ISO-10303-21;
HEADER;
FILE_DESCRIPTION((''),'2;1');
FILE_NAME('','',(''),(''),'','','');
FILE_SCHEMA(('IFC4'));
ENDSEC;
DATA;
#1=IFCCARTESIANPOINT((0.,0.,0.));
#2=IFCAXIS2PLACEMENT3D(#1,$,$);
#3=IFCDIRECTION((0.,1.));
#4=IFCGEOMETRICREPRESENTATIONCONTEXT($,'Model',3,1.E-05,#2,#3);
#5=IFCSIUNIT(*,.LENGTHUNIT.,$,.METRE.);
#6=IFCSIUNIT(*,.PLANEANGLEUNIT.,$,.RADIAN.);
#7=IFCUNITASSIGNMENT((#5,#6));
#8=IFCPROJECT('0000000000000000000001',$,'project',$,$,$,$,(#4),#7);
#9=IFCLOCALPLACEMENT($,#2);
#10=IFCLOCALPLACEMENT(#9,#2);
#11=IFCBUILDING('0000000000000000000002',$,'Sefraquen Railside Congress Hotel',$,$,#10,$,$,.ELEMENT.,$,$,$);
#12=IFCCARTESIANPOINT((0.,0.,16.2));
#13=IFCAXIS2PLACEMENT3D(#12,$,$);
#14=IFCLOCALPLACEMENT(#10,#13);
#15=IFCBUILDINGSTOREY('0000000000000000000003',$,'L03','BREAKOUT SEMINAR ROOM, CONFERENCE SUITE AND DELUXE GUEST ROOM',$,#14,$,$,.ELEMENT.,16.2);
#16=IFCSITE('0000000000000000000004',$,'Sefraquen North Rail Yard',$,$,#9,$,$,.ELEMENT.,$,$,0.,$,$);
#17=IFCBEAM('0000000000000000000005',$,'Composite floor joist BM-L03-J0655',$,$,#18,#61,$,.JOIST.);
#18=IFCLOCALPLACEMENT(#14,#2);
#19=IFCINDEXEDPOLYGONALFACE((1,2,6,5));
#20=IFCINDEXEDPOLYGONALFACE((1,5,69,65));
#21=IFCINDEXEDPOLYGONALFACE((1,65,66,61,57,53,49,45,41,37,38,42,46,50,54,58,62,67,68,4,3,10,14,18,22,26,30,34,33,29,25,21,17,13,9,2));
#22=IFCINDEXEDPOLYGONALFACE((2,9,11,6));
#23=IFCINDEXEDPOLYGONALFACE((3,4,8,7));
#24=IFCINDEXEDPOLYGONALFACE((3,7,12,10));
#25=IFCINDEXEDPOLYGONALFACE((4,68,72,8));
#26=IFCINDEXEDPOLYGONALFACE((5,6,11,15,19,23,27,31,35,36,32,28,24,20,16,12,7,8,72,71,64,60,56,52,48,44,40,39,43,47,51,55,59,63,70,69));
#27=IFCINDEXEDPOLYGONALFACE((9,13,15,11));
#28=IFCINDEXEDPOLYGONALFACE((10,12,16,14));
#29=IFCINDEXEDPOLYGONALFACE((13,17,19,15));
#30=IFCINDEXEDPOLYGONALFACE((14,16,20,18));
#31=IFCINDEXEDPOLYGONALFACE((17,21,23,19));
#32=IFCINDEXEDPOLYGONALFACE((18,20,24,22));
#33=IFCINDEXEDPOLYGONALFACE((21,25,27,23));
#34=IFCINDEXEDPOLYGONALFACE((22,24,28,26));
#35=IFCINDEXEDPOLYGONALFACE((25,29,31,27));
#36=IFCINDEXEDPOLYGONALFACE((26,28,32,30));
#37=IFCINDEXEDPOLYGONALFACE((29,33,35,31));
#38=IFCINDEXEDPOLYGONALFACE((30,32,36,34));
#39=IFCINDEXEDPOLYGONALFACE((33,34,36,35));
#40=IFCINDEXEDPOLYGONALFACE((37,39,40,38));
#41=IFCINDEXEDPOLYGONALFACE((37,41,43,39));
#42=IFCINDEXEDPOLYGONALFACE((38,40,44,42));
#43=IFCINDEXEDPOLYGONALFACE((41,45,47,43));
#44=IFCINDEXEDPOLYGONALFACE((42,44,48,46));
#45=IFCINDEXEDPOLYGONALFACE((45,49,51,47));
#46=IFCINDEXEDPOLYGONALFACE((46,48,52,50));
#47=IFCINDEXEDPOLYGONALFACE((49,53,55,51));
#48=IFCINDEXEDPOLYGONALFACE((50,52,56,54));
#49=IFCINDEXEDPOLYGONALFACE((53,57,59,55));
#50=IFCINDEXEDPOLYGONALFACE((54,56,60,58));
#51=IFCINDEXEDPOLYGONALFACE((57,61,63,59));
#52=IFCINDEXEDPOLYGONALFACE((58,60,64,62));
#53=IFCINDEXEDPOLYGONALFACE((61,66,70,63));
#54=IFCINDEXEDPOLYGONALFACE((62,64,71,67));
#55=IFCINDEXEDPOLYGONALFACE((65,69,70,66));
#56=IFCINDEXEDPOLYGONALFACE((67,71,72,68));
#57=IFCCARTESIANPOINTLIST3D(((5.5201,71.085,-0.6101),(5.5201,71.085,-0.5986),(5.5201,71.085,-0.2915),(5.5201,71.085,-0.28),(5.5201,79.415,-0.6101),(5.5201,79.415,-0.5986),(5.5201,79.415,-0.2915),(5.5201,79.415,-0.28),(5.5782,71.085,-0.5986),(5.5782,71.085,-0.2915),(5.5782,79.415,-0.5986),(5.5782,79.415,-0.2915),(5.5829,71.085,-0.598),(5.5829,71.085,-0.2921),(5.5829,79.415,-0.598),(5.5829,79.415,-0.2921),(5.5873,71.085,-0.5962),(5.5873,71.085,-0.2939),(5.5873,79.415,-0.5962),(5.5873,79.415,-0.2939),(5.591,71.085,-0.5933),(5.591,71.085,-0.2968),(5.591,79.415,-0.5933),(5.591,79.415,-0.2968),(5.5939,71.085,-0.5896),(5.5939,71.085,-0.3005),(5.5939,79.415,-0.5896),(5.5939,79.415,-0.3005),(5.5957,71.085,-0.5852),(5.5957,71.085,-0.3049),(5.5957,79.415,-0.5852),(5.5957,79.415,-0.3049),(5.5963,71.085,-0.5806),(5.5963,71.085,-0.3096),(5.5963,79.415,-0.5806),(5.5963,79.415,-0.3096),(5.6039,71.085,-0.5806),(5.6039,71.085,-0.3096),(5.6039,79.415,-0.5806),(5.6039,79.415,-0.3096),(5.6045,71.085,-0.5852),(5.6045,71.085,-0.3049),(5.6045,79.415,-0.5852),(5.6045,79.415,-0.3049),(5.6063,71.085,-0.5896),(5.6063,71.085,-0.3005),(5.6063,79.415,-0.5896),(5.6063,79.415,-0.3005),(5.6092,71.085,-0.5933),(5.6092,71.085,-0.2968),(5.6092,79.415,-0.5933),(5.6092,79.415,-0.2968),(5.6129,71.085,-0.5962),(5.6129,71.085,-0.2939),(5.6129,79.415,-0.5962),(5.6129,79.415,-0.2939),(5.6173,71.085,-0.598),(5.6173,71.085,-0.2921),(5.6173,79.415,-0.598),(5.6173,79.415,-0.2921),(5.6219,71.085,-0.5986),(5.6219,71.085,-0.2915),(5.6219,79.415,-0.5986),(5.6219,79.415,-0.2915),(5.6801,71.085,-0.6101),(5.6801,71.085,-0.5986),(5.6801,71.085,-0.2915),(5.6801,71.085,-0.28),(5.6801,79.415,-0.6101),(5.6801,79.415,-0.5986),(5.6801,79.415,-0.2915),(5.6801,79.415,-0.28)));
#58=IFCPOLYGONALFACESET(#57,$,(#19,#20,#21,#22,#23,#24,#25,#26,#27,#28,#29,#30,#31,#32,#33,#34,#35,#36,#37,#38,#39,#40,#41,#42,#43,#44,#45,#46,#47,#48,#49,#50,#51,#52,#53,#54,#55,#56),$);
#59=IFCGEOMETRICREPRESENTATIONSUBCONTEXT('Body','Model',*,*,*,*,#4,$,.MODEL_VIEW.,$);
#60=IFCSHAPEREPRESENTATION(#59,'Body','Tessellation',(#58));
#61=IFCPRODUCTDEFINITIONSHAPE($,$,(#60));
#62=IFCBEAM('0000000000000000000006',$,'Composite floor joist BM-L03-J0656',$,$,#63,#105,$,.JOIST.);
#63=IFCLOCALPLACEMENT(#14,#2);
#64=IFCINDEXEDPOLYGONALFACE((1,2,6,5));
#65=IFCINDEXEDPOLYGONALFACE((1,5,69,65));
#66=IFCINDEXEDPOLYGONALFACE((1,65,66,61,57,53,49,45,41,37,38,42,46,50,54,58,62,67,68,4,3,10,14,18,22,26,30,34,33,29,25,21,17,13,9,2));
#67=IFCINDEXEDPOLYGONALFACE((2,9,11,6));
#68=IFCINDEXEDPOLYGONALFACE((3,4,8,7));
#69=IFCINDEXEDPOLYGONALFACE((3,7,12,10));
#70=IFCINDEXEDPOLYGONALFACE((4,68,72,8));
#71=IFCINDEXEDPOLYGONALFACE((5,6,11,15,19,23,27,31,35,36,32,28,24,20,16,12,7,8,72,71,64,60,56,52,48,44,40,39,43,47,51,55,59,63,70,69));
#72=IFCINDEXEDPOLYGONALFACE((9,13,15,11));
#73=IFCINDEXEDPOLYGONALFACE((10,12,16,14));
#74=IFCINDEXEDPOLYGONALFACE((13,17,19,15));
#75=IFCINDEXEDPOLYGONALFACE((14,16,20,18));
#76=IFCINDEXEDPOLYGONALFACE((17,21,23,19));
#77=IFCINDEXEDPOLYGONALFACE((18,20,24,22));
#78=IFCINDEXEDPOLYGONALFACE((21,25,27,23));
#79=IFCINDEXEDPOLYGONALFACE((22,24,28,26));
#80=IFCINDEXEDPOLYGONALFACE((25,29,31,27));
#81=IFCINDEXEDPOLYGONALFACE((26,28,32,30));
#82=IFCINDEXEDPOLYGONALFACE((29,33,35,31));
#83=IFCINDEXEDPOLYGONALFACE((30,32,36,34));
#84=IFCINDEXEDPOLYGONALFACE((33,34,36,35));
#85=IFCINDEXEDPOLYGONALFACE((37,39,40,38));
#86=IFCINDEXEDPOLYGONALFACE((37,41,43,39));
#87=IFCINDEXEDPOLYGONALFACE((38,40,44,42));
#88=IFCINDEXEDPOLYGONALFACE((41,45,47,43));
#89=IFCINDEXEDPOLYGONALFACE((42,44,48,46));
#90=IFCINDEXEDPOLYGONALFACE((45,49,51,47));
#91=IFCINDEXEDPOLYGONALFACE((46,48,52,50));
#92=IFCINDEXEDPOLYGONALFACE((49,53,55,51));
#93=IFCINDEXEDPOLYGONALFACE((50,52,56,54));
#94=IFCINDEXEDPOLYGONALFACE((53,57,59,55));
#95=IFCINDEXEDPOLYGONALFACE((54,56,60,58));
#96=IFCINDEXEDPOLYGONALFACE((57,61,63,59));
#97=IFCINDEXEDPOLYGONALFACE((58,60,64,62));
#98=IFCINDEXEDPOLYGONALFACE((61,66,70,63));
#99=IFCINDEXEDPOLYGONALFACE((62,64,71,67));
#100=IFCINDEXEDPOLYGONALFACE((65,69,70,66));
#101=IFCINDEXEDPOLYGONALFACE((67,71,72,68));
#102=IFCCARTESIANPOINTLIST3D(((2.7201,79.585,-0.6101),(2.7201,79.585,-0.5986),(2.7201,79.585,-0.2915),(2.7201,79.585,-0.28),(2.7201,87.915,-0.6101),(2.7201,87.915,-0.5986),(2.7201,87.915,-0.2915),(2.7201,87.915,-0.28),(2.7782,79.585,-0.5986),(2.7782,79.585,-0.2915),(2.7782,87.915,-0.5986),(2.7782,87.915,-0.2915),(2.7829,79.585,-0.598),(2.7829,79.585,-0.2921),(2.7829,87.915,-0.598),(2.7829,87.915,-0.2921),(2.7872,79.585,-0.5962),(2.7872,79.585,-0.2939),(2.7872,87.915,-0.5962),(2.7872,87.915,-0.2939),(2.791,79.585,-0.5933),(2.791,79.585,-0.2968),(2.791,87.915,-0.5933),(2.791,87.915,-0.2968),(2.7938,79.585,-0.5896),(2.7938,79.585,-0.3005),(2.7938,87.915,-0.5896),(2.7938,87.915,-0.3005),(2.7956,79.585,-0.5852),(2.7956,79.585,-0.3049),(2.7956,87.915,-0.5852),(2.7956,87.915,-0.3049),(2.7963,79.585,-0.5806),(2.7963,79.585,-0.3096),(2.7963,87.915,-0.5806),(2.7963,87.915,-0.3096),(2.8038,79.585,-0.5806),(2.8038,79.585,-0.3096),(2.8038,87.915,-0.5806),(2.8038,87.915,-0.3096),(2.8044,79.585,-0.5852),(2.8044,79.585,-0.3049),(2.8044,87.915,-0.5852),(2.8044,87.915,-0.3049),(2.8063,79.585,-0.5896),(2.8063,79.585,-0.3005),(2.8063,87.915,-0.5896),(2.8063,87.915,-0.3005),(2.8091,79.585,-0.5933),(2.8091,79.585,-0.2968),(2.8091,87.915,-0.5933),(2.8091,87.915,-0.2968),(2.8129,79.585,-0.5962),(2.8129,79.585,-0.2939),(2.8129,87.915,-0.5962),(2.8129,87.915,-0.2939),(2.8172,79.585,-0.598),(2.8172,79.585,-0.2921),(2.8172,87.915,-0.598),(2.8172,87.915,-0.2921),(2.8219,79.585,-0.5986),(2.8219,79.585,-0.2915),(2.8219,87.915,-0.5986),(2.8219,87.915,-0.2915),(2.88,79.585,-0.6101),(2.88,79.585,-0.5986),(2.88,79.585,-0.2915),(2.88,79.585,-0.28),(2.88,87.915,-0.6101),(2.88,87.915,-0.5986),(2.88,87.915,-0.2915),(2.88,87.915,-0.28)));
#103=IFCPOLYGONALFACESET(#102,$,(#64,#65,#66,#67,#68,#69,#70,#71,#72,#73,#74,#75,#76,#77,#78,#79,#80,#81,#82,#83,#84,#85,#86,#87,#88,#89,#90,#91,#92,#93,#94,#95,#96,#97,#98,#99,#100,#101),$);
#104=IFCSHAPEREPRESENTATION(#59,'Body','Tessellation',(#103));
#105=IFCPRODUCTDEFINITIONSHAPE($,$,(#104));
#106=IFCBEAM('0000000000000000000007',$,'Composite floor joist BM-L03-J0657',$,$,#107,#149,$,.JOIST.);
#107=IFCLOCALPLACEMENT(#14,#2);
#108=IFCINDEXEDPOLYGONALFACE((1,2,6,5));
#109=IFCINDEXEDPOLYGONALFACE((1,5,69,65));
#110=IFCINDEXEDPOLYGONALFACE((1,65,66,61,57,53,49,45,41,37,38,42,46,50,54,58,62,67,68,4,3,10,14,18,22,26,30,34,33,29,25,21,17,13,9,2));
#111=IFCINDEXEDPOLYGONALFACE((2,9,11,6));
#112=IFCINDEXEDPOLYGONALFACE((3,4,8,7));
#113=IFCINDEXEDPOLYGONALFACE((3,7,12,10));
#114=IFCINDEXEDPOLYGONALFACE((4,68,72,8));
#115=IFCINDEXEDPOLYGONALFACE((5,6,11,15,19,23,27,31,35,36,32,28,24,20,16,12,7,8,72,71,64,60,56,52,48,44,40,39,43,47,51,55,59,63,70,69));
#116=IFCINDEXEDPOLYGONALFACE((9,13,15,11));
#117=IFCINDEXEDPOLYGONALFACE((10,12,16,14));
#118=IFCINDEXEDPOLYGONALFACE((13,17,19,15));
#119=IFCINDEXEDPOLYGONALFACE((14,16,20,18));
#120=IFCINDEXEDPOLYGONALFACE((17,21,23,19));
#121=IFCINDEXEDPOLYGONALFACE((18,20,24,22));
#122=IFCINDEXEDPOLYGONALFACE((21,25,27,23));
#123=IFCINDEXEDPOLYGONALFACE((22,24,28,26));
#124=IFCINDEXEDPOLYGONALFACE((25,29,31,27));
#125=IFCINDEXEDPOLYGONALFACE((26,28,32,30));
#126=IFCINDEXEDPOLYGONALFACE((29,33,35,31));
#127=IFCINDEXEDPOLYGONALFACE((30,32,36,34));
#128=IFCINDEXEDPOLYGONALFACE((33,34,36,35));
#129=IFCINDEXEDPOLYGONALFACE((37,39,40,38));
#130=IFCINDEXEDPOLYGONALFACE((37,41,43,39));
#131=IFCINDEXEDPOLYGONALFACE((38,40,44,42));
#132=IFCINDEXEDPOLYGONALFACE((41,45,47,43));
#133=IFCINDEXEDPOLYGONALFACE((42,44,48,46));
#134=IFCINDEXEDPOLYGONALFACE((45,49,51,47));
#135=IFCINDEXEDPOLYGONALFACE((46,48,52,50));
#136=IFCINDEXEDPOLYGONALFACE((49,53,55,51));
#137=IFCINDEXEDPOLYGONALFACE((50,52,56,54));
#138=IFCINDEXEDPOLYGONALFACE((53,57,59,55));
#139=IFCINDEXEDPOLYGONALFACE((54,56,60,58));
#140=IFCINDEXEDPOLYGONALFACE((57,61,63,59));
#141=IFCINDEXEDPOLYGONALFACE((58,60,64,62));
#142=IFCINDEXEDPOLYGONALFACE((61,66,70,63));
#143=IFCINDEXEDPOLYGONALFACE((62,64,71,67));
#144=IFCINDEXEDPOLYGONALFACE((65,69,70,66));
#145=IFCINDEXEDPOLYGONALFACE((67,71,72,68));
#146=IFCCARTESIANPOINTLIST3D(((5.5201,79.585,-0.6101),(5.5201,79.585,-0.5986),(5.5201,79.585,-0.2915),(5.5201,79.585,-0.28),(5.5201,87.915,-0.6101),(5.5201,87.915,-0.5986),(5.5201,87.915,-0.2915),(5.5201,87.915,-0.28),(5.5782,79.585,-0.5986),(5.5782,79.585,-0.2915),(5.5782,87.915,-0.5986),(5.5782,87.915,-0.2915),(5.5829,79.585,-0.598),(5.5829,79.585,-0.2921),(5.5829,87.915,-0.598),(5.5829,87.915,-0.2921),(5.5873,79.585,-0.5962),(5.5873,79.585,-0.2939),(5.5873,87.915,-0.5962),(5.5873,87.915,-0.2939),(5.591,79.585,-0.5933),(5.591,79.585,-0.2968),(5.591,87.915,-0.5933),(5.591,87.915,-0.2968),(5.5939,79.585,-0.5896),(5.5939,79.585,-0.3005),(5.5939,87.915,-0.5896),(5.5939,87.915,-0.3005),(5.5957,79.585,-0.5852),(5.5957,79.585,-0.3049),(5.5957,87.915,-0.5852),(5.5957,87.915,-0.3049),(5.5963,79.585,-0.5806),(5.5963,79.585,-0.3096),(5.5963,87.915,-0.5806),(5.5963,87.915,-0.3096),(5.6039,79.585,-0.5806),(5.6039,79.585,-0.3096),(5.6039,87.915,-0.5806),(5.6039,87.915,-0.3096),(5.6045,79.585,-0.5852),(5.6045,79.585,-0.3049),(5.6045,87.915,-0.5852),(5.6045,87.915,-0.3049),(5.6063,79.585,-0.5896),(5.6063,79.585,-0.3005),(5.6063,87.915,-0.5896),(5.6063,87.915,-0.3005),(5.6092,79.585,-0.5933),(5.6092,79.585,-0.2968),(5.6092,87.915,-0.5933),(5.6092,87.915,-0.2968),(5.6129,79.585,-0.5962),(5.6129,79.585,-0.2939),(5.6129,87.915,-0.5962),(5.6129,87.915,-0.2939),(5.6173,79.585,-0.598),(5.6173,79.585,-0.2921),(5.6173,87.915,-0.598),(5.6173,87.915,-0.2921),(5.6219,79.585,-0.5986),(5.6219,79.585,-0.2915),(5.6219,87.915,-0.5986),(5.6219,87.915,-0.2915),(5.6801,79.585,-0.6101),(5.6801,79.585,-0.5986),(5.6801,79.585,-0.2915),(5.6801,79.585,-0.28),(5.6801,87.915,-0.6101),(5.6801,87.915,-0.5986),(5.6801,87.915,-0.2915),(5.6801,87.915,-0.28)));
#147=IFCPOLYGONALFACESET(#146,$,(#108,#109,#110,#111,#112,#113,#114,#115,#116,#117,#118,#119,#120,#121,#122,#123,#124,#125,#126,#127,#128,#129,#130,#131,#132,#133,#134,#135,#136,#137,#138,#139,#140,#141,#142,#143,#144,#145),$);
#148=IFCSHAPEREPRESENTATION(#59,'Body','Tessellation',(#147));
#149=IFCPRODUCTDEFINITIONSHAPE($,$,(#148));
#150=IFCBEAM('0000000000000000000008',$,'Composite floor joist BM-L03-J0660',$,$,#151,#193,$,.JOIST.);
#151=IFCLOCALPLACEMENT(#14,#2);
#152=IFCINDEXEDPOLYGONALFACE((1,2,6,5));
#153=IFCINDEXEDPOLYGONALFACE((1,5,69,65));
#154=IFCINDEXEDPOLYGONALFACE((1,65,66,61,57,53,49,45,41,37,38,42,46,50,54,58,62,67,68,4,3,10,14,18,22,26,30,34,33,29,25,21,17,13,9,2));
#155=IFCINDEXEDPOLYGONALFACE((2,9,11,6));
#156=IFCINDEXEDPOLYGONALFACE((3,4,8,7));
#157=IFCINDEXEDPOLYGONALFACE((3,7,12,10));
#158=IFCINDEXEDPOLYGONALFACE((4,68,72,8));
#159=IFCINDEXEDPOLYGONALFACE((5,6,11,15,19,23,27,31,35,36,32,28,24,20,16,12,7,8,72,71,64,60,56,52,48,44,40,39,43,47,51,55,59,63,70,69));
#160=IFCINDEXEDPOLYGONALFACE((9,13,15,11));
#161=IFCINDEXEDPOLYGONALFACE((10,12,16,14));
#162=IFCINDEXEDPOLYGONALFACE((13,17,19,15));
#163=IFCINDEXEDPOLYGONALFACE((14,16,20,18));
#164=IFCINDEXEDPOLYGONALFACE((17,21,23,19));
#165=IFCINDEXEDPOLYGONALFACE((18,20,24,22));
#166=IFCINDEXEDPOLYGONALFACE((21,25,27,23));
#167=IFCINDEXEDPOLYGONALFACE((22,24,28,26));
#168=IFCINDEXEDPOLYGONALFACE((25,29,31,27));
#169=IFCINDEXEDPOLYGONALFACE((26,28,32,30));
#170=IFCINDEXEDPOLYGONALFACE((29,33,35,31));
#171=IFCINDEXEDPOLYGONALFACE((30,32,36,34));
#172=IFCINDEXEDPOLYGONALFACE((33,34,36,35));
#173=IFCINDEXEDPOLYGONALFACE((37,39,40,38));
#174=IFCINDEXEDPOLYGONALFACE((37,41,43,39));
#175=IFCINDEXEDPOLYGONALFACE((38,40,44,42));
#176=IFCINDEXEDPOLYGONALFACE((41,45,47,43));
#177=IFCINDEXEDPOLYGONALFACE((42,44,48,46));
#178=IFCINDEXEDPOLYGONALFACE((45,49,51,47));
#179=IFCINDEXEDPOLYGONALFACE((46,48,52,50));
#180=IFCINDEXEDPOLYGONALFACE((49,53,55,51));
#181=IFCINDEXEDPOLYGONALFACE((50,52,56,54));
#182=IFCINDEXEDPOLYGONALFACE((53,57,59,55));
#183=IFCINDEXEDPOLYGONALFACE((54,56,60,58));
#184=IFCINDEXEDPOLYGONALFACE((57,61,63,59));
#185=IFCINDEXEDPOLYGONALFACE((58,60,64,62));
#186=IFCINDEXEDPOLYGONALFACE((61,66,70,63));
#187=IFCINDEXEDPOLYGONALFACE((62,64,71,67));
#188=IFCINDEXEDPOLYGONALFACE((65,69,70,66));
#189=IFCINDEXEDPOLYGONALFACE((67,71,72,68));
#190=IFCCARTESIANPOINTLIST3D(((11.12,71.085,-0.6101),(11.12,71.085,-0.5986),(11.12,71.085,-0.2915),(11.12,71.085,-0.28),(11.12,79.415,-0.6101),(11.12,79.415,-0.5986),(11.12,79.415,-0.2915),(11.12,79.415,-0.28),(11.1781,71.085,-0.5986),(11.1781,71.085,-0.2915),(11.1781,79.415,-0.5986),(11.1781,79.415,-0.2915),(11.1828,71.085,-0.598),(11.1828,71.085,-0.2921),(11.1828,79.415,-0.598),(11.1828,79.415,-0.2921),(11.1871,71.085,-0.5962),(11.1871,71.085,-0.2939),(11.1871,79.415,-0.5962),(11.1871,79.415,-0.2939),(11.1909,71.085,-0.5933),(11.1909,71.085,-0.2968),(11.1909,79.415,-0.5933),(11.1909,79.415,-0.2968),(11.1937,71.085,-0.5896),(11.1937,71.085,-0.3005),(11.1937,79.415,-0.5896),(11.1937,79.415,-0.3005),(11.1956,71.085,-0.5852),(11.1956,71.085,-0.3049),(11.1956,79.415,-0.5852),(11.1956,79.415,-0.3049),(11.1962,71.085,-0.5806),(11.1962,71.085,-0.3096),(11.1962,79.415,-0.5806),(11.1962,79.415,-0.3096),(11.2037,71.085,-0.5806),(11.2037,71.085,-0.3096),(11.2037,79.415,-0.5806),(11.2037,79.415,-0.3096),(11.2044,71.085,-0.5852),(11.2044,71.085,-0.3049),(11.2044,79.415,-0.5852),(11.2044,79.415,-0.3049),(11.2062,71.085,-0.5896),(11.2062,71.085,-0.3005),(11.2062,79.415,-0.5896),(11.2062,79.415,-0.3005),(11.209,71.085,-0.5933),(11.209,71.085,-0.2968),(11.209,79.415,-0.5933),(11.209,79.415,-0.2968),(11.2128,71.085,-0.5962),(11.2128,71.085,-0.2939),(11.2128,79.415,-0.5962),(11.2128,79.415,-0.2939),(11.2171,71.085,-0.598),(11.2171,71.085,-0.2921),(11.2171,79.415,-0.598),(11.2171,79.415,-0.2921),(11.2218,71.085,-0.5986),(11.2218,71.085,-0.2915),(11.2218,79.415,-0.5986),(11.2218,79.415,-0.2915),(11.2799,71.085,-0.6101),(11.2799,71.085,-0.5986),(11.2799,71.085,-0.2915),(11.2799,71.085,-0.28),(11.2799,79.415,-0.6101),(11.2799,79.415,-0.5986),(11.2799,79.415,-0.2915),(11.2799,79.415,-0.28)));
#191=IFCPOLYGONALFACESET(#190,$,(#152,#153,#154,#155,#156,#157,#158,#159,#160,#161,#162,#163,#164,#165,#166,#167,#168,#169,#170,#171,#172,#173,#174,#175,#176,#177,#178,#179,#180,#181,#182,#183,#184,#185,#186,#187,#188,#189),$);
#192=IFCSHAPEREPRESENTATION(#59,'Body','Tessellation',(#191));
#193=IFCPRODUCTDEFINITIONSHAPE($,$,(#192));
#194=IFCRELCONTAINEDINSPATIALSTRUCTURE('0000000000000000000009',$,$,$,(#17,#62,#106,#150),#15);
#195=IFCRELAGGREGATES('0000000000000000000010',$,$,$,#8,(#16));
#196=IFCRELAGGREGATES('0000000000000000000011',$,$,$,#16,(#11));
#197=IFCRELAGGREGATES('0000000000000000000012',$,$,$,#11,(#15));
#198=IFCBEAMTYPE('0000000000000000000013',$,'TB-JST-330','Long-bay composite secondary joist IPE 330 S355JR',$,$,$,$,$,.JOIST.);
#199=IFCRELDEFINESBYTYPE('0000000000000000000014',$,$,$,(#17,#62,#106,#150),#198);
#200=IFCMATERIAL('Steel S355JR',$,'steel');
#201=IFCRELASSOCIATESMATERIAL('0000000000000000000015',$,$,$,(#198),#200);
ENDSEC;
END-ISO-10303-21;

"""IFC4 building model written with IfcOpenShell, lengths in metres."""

from ifc_helpers import new_model, si_unit, direction, frame, origin, origin_2d, place, context, subcontext, project, spatial, i_section, extrude, material, material_profile, profile_set, type_object, element, save


model = new_model("IFC4")

# Units and contexts
model_context = context("Model", 3, precision=1e-05, world=origin(), true_north=direction((0.0, 1.0)))
body_context = subcontext(model_context, "Body", "Model", "MODEL_VIEW")
ifc_project = project(units=[si_unit("LENGTHUNIT", "METRE"), si_unit("PLANEANGLEUNIT", "RADIAN")], contexts=[model_context])

# Site, building, storey
site_placement = place(None, origin())
site = spatial("IfcSite", under=ifc_project, at=site_placement, Name="Sefraquen North Rail Yard", CompositionType="ELEMENT", RefElevation=0.0)
building_placement = place(site_placement, origin())
building = spatial("IfcBuilding", under=site, at=building_placement, Name="Sefraquen Railside Congress Hotel", CompositionType="ELEMENT")
storey_placement = place(building_placement, frame((0.0, 0.0, 16.2)))
storey = spatial("IfcBuildingStorey", under=building, at=storey_placement, Name="L03", Description="BREAKOUT SEMINAR ROOM, CONFERENCE SUITE AND DELUXE GUEST ROOM", CompositionType="ELEMENT", Elevation=16.2)

# Shared definitions
ifc_material_1 = material(Name="Steel S355JR", Category="steel")

# Beams
ifc_material_profile_1 = material_profile(ifc_material_1, i_section(OverallWidth=0.1599, OverallDepth=0.3301, WebThickness=0.0076, FlangeThickness=0.0115, FilletRadius=0.0181, at=origin_2d()), Name="IPE 330")
ifc_profile_set_1 = profile_set([ifc_material_profile_1], Name="Steel S355JR")
beam_type_1 = type_object("IfcBeamType", Name="TB-JST-330", Description="Long-bay composite secondary joist IPE 330 S355JR", PredefinedType="JOIST", material=ifc_profile_set_1)
for number, where, z_axis, x_axis, name in (
    (1, (5.6001, 71.085, -0.4451), (0.0, 1.0, 0.0), (-1.0, 0.0, 0.0), "Composite floor joist BM-L03-J0655"),
    (2, (2.8, 79.585, -0.4451), (0.0, 1.0, 0.0), (-1.0, 0.0, 0.0), "Composite floor joist BM-L03-J0656"),
    (3, (5.6001, 79.585, -0.4451), (0.0, 1.0, 0.0), (-1.0, 0.0, 0.0), "Composite floor joist BM-L03-J0657"),
    (4, (11.2, 71.085, -0.4451), (0.0, 1.0, 0.0), (-1.0, 0.0, 0.0), "Composite floor joist BM-L03-J0660"),
):
    element("IfcBeam", number, at=place(storey_placement, frame(where, z_axis=z_axis, x_axis=x_axis)), inside=storey, type_object=beam_type_1, Name=name, PredefinedType="JOIST", context=body_context, shape_type="SweptSolid", body=[
        extrude(i_section(OverallWidth=0.1599, OverallDepth=0.3301, WebThickness=0.0076, FlangeThickness=0.0115, FilletRadius=0.0181, at=origin_2d()), origin(), (0.0, 0.0, 1.0), 8.3301),
    ])

save(model, "model.ifc")
